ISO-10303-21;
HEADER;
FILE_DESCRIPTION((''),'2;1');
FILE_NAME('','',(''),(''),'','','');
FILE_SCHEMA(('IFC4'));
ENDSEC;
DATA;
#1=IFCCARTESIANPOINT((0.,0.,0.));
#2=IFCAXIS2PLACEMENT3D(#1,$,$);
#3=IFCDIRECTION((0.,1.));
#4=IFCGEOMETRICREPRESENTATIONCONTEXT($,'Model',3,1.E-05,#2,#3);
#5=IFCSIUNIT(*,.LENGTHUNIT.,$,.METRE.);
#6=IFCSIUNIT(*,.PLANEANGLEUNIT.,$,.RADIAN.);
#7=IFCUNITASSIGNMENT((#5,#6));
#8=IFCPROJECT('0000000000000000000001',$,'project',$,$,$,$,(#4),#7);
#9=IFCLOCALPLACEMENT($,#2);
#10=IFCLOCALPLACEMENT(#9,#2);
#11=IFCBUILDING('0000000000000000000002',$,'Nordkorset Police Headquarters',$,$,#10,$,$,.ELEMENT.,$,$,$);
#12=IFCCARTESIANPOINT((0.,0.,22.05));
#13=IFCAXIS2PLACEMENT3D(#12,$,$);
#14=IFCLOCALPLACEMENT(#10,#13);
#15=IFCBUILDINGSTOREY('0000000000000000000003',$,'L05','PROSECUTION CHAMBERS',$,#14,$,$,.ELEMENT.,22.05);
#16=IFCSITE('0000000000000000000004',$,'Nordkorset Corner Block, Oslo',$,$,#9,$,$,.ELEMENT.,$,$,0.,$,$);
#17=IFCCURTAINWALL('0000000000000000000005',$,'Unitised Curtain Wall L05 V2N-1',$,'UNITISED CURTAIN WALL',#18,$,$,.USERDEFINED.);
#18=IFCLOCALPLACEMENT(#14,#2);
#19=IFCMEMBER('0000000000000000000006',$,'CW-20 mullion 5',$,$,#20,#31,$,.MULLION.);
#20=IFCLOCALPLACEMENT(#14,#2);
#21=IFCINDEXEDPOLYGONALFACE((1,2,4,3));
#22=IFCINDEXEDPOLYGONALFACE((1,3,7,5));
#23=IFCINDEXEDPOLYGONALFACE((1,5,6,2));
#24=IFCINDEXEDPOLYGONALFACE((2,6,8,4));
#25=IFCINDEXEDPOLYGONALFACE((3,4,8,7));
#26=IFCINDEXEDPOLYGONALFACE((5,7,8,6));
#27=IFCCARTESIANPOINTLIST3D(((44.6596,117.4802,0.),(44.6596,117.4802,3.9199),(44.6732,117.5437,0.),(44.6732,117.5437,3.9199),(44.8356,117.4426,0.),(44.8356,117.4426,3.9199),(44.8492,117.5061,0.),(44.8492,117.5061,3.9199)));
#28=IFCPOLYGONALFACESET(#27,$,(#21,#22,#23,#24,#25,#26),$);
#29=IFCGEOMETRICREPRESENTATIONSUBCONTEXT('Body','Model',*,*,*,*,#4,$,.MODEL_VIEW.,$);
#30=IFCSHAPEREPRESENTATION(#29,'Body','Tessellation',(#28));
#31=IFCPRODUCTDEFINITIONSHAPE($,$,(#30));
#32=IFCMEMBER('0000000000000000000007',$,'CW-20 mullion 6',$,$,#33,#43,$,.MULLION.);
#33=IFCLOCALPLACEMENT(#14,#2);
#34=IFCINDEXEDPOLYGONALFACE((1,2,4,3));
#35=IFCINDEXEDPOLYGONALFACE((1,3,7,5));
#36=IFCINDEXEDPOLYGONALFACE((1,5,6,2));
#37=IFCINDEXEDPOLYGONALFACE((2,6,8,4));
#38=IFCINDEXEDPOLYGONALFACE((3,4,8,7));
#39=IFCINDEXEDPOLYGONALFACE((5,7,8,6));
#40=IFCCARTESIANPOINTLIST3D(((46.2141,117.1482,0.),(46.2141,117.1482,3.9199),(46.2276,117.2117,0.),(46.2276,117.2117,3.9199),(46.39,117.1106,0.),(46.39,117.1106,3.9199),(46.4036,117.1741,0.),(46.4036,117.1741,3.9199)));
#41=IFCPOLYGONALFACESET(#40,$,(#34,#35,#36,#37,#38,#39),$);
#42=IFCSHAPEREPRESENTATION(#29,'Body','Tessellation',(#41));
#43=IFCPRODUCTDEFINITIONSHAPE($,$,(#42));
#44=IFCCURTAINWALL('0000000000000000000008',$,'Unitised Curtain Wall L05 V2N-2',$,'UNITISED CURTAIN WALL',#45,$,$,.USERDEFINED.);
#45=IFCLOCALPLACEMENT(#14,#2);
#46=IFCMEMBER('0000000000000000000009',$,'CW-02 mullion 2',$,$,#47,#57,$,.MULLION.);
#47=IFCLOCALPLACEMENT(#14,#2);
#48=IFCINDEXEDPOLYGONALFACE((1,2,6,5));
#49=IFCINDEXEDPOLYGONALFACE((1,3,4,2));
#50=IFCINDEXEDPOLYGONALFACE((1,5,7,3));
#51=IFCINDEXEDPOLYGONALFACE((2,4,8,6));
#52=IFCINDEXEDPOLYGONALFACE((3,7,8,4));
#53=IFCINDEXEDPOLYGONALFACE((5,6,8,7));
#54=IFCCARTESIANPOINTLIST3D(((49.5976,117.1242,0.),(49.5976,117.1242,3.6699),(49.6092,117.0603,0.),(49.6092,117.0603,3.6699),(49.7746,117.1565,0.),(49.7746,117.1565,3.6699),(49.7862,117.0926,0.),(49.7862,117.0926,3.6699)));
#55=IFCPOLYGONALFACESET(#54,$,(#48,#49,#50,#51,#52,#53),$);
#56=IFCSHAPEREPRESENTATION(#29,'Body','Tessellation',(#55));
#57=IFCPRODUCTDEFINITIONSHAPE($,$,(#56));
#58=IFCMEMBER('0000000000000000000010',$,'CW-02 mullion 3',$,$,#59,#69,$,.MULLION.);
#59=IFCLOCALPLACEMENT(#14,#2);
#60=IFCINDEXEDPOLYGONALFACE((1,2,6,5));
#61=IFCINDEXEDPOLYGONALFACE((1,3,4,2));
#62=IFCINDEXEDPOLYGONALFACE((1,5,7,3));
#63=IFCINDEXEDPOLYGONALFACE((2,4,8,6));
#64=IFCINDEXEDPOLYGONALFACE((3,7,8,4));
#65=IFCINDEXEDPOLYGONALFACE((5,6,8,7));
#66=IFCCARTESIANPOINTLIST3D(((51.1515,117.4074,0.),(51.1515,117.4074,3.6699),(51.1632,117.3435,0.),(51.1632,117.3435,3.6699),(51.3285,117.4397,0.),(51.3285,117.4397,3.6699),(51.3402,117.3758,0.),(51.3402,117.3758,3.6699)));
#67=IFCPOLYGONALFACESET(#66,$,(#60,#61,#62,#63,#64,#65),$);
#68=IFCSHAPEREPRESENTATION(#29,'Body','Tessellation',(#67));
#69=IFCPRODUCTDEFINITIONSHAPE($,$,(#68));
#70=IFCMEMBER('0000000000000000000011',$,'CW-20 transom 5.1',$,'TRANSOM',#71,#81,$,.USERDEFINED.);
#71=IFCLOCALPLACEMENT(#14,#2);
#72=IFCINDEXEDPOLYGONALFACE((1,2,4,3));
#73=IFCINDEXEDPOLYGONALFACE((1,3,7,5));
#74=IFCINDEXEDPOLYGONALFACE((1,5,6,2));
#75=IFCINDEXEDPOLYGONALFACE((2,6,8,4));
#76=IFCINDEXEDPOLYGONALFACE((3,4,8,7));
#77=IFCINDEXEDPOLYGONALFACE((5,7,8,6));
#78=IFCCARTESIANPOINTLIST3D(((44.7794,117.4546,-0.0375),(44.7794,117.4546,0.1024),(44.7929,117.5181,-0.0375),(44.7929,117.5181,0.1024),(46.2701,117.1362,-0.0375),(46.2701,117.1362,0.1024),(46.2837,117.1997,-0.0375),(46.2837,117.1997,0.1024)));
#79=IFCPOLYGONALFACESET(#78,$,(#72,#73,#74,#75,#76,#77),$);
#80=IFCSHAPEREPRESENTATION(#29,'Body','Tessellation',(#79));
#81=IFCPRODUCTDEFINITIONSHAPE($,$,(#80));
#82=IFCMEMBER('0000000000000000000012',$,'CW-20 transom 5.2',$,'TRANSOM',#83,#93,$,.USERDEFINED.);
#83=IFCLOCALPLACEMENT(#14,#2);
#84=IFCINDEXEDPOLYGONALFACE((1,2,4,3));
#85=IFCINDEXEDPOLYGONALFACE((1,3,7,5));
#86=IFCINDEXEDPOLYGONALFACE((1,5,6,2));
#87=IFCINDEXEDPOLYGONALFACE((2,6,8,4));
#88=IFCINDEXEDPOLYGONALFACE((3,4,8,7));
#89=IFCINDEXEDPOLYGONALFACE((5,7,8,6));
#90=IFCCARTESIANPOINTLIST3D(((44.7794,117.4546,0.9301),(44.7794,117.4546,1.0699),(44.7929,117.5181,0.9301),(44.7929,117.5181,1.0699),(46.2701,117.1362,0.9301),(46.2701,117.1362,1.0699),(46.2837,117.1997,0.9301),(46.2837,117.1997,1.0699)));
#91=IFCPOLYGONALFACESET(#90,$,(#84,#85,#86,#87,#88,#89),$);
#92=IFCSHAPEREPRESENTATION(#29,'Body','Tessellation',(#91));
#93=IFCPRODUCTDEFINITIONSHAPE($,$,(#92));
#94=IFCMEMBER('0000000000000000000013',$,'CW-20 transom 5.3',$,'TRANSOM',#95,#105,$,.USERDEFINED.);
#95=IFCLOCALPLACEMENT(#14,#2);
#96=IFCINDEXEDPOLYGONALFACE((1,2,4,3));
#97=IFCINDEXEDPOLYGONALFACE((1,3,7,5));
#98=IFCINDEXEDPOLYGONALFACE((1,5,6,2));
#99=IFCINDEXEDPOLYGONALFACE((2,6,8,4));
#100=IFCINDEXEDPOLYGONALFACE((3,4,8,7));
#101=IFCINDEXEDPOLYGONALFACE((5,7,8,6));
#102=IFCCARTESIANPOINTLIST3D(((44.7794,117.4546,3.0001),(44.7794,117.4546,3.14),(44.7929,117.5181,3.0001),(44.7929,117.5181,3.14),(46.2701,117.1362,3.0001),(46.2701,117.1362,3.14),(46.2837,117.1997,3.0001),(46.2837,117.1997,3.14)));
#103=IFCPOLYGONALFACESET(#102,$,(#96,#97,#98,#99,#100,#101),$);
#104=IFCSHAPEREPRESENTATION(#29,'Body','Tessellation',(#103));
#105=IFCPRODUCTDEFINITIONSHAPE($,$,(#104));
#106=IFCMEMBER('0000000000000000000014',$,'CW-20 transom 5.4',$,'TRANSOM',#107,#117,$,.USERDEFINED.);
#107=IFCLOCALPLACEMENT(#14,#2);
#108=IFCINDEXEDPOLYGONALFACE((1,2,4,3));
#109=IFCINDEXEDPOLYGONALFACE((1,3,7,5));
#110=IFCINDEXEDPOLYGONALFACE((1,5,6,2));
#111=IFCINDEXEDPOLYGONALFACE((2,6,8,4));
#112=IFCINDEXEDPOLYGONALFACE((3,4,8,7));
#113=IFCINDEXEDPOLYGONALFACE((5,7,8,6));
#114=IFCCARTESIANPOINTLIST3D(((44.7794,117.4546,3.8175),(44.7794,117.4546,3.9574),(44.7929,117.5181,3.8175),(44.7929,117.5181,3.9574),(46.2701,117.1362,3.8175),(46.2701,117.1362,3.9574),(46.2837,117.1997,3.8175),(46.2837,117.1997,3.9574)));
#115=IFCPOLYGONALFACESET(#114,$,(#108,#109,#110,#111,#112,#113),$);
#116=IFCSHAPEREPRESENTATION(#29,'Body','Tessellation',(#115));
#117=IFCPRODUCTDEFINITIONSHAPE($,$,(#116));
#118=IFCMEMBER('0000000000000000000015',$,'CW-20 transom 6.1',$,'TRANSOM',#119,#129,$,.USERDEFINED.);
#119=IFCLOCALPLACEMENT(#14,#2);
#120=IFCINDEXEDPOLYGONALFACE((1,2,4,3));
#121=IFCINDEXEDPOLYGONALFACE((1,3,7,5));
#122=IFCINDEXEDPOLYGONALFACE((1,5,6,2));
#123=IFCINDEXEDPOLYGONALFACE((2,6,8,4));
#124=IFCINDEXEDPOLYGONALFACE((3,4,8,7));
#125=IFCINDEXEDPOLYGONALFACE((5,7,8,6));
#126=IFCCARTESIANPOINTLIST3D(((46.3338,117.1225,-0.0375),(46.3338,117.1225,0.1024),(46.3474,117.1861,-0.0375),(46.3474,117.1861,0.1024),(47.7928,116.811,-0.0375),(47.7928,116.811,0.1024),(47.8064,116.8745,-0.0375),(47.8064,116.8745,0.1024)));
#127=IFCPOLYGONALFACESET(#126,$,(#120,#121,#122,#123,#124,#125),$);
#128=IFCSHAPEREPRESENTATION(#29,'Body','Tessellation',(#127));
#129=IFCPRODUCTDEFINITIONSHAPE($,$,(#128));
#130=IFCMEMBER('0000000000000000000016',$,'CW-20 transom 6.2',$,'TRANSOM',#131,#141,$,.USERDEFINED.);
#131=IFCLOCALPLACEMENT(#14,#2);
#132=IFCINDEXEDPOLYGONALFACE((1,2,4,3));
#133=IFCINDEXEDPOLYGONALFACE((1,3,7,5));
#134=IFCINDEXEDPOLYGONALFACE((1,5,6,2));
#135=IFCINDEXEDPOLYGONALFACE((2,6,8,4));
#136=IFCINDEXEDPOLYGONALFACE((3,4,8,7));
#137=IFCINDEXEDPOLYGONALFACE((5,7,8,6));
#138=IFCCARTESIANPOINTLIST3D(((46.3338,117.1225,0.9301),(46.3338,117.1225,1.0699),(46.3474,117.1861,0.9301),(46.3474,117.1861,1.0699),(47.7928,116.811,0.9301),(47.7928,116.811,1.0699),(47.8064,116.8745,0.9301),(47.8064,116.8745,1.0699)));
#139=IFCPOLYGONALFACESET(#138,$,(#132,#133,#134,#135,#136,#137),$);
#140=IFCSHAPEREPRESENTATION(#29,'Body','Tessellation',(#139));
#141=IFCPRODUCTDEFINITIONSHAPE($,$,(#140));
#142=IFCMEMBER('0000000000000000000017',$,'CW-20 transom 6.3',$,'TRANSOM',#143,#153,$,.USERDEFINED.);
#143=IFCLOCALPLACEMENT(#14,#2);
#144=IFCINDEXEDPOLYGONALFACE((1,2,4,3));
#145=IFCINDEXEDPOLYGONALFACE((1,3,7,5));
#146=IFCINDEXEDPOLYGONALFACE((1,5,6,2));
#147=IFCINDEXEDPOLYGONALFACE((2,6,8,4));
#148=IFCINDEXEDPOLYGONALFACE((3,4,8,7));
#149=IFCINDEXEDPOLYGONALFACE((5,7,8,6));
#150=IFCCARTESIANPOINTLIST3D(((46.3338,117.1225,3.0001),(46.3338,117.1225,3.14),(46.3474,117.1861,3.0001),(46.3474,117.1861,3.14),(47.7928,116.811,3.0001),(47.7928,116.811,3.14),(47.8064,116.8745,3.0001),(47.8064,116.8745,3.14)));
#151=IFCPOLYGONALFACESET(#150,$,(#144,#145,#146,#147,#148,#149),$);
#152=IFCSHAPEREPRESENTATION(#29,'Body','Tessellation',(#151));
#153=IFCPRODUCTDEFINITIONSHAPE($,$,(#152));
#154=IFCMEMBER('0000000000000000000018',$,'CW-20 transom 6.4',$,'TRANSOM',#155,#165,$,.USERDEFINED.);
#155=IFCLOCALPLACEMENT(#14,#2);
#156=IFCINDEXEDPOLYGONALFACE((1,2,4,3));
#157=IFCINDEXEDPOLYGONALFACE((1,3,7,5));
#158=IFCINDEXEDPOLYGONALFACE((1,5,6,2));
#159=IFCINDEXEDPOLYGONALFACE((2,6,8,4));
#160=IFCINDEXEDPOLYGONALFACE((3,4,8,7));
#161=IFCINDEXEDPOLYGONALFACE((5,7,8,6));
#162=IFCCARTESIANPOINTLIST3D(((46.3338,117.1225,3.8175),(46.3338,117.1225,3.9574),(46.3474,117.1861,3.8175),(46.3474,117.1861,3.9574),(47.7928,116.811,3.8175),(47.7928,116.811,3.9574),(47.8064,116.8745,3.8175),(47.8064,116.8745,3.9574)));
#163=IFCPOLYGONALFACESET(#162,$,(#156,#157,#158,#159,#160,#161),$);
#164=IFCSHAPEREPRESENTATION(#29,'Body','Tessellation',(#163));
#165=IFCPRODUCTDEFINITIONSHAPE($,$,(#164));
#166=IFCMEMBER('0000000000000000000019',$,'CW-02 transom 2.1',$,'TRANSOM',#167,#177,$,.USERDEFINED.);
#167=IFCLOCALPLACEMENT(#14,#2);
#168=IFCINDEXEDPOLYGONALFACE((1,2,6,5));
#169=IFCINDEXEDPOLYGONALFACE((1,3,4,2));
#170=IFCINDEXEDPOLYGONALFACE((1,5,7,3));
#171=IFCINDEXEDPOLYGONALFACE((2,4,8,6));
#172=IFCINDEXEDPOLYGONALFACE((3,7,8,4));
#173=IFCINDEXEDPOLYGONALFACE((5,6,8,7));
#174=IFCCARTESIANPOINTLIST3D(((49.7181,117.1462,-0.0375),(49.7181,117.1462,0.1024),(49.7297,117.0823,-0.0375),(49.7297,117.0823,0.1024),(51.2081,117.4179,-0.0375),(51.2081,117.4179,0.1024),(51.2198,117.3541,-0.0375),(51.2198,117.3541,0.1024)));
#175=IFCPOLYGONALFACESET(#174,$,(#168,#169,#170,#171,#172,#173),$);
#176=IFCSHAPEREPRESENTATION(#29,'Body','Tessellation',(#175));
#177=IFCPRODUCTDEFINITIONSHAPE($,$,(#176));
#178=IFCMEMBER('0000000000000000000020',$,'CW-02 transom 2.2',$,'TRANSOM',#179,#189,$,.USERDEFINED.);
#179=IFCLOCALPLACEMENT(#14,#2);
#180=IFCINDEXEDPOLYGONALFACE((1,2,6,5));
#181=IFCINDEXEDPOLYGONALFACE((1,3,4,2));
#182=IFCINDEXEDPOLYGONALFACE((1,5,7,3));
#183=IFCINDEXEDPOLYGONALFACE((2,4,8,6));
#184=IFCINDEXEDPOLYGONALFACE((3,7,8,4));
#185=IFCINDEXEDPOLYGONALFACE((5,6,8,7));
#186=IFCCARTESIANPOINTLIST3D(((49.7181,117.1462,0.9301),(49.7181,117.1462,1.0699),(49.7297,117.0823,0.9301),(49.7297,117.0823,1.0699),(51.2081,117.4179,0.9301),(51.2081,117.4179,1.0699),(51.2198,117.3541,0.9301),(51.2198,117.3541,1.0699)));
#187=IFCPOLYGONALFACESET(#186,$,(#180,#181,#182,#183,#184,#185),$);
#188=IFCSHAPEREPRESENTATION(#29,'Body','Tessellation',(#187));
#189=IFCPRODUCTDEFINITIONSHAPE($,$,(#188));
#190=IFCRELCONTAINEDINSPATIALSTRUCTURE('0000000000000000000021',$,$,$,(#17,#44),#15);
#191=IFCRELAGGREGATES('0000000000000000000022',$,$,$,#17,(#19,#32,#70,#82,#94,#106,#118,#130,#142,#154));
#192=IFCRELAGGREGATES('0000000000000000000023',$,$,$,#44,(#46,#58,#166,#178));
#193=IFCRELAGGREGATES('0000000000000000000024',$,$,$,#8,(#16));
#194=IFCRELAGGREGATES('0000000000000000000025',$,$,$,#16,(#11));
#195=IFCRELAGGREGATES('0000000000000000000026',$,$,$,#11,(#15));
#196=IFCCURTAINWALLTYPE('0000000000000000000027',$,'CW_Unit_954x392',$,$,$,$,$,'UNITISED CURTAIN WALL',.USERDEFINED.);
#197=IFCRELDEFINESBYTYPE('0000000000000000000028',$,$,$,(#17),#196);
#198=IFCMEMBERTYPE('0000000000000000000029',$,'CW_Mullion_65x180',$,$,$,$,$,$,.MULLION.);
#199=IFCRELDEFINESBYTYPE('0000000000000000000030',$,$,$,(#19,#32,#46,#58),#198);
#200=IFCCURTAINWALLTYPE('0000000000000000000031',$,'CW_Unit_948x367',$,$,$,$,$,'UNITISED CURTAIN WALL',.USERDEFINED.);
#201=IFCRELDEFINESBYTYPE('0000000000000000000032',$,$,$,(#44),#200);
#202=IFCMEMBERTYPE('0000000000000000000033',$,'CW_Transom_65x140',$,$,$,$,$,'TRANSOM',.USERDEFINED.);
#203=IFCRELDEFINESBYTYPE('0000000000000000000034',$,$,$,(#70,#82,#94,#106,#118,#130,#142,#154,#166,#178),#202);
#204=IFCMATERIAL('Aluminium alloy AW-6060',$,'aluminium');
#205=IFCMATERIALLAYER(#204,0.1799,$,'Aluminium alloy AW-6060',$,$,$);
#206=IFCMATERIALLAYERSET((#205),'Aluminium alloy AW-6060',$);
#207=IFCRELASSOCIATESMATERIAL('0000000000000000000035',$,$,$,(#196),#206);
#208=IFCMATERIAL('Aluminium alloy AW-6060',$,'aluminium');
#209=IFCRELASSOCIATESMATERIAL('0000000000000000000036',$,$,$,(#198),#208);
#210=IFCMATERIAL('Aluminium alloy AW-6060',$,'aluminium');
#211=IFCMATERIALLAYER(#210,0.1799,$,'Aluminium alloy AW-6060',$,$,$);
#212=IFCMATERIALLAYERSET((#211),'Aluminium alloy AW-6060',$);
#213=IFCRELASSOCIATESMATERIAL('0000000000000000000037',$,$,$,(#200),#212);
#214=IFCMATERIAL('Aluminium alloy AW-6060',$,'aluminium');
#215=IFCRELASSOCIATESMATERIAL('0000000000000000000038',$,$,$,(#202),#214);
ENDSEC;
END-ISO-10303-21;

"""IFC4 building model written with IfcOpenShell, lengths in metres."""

from ifc_helpers import new_model, si_unit, direction, frame, origin, origin_2d, place, context, subcontext, project, spatial, rectangle, extrude, material, layer, layer_set, material_profile, profile_set, type_object, element, aggregate, save


model = new_model("IFC4")

# Units and contexts
model_context = context("Model", 3, precision=1e-05, world=origin(), true_north=direction((0.0, 1.0)))
body_context = subcontext(model_context, "Body", "Model", "MODEL_VIEW")
ifc_project = project(units=[si_unit("LENGTHUNIT", "METRE"), si_unit("PLANEANGLEUNIT", "RADIAN")], contexts=[model_context])

# Site, building, storey
site_placement = place(None, origin())
site = spatial("IfcSite", under=ifc_project, at=site_placement, Name="Nordkorset Corner Block, Oslo", CompositionType="ELEMENT", RefElevation=0.0)
building_placement = place(site_placement, origin())
building = spatial("IfcBuilding", under=site, at=building_placement, Name="Nordkorset Police Headquarters", CompositionType="ELEMENT")
storey_placement = place(building_placement, frame((0.0, 0.0, 22.05)))
storey = spatial("IfcBuildingStorey", under=building, at=storey_placement, Name="L05", Description="PROSECUTION CHAMBERS", CompositionType="ELEMENT", Elevation=22.05)

# Curtain walls, members
ifc_material_1 = material(Name="Aluminium alloy AW-6060", Category="aluminium")
ifc_layer_1 = layer(ifc_material_1, 0.1799, Name="Aluminium alloy AW-6060")
ifc_layer_set_1 = layer_set([ifc_layer_1], Name="Aluminium alloy AW-6060")
curtain_wall_type_1 = type_object("IfcCurtainWallType", Name="CW_Unit_954x392", ElementType="UNITISED CURTAIN WALL", PredefinedType="USERDEFINED", material=ifc_layer_set_1)
curtain_wall_1_placement = place(storey_placement, origin())
curtain_wall_1 = element("IfcCurtainWall", 1, at=curtain_wall_1_placement, inside=storey, type_object=curtain_wall_type_1, Name="Unitised Curtain Wall L05 V2N-1", ObjectType="UNITISED CURTAIN WALL", PredefinedType="USERDEFINED")
ifc_material_2 = material(Name="Aluminium alloy AW-6060", Category="aluminium")
ifc_material_profile_1 = material_profile(ifc_material_2, rectangle(XDim=0.0649, YDim=0.1799, at=origin_2d()), Name="ALU MULL 65x180")
ifc_profile_set_1 = profile_set([ifc_material_profile_1], Name="Aluminium alloy AW-6060")
member_type_1 = type_object("IfcMemberType", Name="CW_Mullion_65x180", PredefinedType="MULLION", material=ifc_profile_set_1)
member_1_placement = place(storey_placement, frame((44.7544, 117.4932, 0.0), z_axis=(0.0, 0.0, 1.0), x_axis=(0.208833, 0.977951, 0.0)))
member_1 = element("IfcMember", 2, at=member_1_placement, type_object=member_type_1, Name="CW-20 mullion 5", PredefinedType="MULLION", context=body_context, shape_type="SweptSolid", body=[
    extrude(rectangle(XDim=0.0649, YDim=0.1799, at=origin_2d()), origin(), (0.0, 0.0, 1.0), 3.9199),
])
member_2_placement = place(storey_placement, frame((46.3088, 117.1611, 0.0), z_axis=(0.0, 0.0, 1.0), x_axis=(0.208833, 0.977951, 0.0)))
member_2 = element("IfcMember", 3, at=member_2_placement, type_object=member_type_1, Name="CW-20 mullion 6", PredefinedType="MULLION", context=body_context, shape_type="SweptSolid", body=[
    extrude(rectangle(XDim=0.0649, YDim=0.1799, at=origin_2d()), origin(), (0.0, 0.0, 1.0), 3.9199),
])
ifc_material_3 = material(Name="Aluminium alloy AW-6060", Category="aluminium")
ifc_layer_2 = layer(ifc_material_3, 0.1799, Name="Aluminium alloy AW-6060")
ifc_layer_set_2 = layer_set([ifc_layer_2], Name="Aluminium alloy AW-6060")
curtain_wall_type_2 = type_object("IfcCurtainWallType", Name="CW_Unit_948x367", ElementType="UNITISED CURTAIN WALL", PredefinedType="USERDEFINED", material=ifc_layer_set_2)
curtain_wall_2_placement = place(storey_placement, origin())
curtain_wall_2 = element("IfcCurtainWall", 4, at=curtain_wall_2_placement, inside=storey, type_object=curtain_wall_type_2, Name="Unitised Curtain Wall L05 V2N-2", ObjectType="UNITISED CURTAIN WALL", PredefinedType="USERDEFINED")
member_3_placement = place(storey_placement, frame((49.6919, 117.1084, 0.0), z_axis=(0.0, 0.0, 1.0), x_axis=(-0.179336, 0.983788, 0.0)))
member_3 = element("IfcMember", 5, at=member_3_placement, type_object=member_type_1, Name="CW-02 mullion 2", PredefinedType="MULLION", context=body_context, shape_type="SweptSolid", body=[
    extrude(rectangle(XDim=0.0649, YDim=0.1799, at=origin_2d()), origin(), (0.0, 0.0, 1.0), 3.6699),
])
member_4_placement = place(storey_placement, frame((51.2458, 117.3916, 0.0), z_axis=(0.0, 0.0, 1.0), x_axis=(-0.179336, 0.983788, 0.0)))
member_4 = element("IfcMember", 6, at=member_4_placement, type_object=member_type_1, Name="CW-02 mullion 3", PredefinedType="MULLION", context=body_context, shape_type="SweptSolid", body=[
    extrude(rectangle(XDim=0.0649, YDim=0.1799, at=origin_2d()), origin(), (0.0, 0.0, 1.0), 3.6699),
])

# Members
ifc_material_4 = material(Name="Aluminium alloy AW-6060", Category="aluminium")
ifc_material_profile_2 = material_profile(ifc_material_4, rectangle(XDim=0.0649, YDim=0.1399, at=origin_2d()), Name="ALU TRAN 65x140")
ifc_profile_set_2 = profile_set([ifc_material_profile_2], Name="Aluminium alloy AW-6060")
member_type_2 = type_object("IfcMemberType", Name="CW_Transom_65x140", ElementType="TRANSOM", PredefinedType="USERDEFINED", material=ifc_profile_set_2)
member_5_placement = place(storey_placement, frame((44.7861, 117.4863, 0.0325), z_axis=(0.977947, -0.208851, 0.0), x_axis=(0.208851, 0.977947, 0.0)))
member_5 = element("IfcMember", 7, at=member_5_placement, type_object=member_type_2, Name="CW-20 transom 5.1", ObjectType="TRANSOM", PredefinedType="USERDEFINED", context=body_context, shape_type="SweptSolid", body=[
    extrude(rectangle(XDim=0.0649, YDim=0.1399, at=origin_2d()), origin(), (0.0, 0.0, 1.0), 1.5244),
])
member_6_placement = place(storey_placement, frame((44.7861, 117.4863, 1.0), z_axis=(0.977947, -0.208851, 0.0), x_axis=(0.208851, 0.977947, 0.0)))
member_6 = element("IfcMember", 8, at=member_6_placement, type_object=member_type_2, Name="CW-20 transom 5.2", ObjectType="TRANSOM", PredefinedType="USERDEFINED", context=body_context, shape_type="SweptSolid", body=[
    extrude(rectangle(XDim=0.0649, YDim=0.1399, at=origin_2d()), origin(), (0.0, 0.0, 1.0), 1.5244),
])
member_7_placement = place(storey_placement, frame((44.7861, 117.4863, 3.0701), z_axis=(0.977947, -0.208851, 0.0), x_axis=(0.208851, 0.977947, 0.0)))
member_7 = element("IfcMember", 9, at=member_7_placement, type_object=member_type_2, Name="CW-20 transom 5.3", ObjectType="TRANSOM", PredefinedType="USERDEFINED", context=body_context, shape_type="SweptSolid", body=[
    extrude(rectangle(XDim=0.0649, YDim=0.1399, at=origin_2d()), origin(), (0.0, 0.0, 1.0), 1.5244),
])
member_8_placement = place(storey_placement, frame((44.7861, 117.4863, 3.8875), z_axis=(0.977947, -0.208851, 0.0), x_axis=(0.208851, 0.977947, 0.0)))
member_8 = element("IfcMember", 10, at=member_8_placement, type_object=member_type_2, Name="CW-20 transom 5.4", ObjectType="TRANSOM", PredefinedType="USERDEFINED", context=body_context, shape_type="SweptSolid", body=[
    extrude(rectangle(XDim=0.0649, YDim=0.1399, at=origin_2d()), origin(), (0.0, 0.0, 1.0), 1.5244),
])
member_9_placement = place(storey_placement, frame((46.3406, 117.1543, 0.0325), z_axis=(0.977955, -0.208814, 0.0), x_axis=(0.208814, 0.977955, 0.0)))
member_9 = element("IfcMember", 11, at=member_9_placement, type_object=member_type_2, Name="CW-20 transom 6.1", ObjectType="TRANSOM", PredefinedType="USERDEFINED", context=body_context, shape_type="SweptSolid", body=[
    extrude(rectangle(XDim=0.0649, YDim=0.1399, at=origin_2d()), origin(), (0.0, 0.0, 1.0), 1.4919),
])
member_10_placement = place(storey_placement, frame((46.3406, 117.1543, 1.0), z_axis=(0.977955, -0.208814, 0.0), x_axis=(0.208814, 0.977955, 0.0)))
member_10 = element("IfcMember", 12, at=member_10_placement, type_object=member_type_2, Name="CW-20 transom 6.2", ObjectType="TRANSOM", PredefinedType="USERDEFINED", context=body_context, shape_type="SweptSolid", body=[
    extrude(rectangle(XDim=0.0649, YDim=0.1399, at=origin_2d()), origin(), (0.0, 0.0, 1.0), 1.4919),
])
member_11_placement = place(storey_placement, frame((46.3406, 117.1543, 3.0701), z_axis=(0.977955, -0.208814, 0.0), x_axis=(0.208814, 0.977955, 0.0)))
member_11 = element("IfcMember", 13, at=member_11_placement, type_object=member_type_2, Name="CW-20 transom 6.3", ObjectType="TRANSOM", PredefinedType="USERDEFINED", context=body_context, shape_type="SweptSolid", body=[
    extrude(rectangle(XDim=0.0649, YDim=0.1399, at=origin_2d()), origin(), (0.0, 0.0, 1.0), 1.4919),
])
member_12_placement = place(storey_placement, frame((46.3406, 117.1543, 3.8875), z_axis=(0.977955, -0.208814, 0.0), x_axis=(0.208814, 0.977955, 0.0)))
member_12 = element("IfcMember", 14, at=member_12_placement, type_object=member_type_2, Name="CW-20 transom 6.4", ObjectType="TRANSOM", PredefinedType="USERDEFINED", context=body_context, shape_type="SweptSolid", body=[
    extrude(rectangle(XDim=0.0649, YDim=0.1399, at=origin_2d()), origin(), (0.0, 0.0, 1.0), 1.4919),
])
member_13_placement = place(storey_placement, frame((49.7239, 117.1143, 0.0325), z_axis=(0.983774, 0.17941, 0.0), x_axis=(-0.17941, 0.983774, 0.0)))
member_13 = element("IfcMember", 15, at=member_13_placement, type_object=member_type_2, Name="CW-02 transom 2.1", ObjectType="TRANSOM", PredefinedType="USERDEFINED", context=body_context, shape_type="SweptSolid", body=[
    extrude(rectangle(XDim=0.0649, YDim=0.1399, at=origin_2d()), origin(), (0.0, 0.0, 1.0), 1.5146),
])
member_14_placement = place(storey_placement, frame((49.7239, 117.1143, 1.0), z_axis=(0.983774, 0.17941, 0.0), x_axis=(-0.17941, 0.983774, 0.0)))
member_14 = element("IfcMember", 16, at=member_14_placement, type_object=member_type_2, Name="CW-02 transom 2.2", ObjectType="TRANSOM", PredefinedType="USERDEFINED", context=body_context, shape_type="SweptSolid", body=[
    extrude(rectangle(XDim=0.0649, YDim=0.1399, at=origin_2d()), origin(), (0.0, 0.0, 1.0), 1.5146),
])

aggregate(curtain_wall_1, [member_1, member_2, member_5, member_6, member_7, member_8, member_9, member_10, member_11, member_12])
aggregate(curtain_wall_2, [member_3, member_4, member_13, member_14])

save(model, "model.ifc")
